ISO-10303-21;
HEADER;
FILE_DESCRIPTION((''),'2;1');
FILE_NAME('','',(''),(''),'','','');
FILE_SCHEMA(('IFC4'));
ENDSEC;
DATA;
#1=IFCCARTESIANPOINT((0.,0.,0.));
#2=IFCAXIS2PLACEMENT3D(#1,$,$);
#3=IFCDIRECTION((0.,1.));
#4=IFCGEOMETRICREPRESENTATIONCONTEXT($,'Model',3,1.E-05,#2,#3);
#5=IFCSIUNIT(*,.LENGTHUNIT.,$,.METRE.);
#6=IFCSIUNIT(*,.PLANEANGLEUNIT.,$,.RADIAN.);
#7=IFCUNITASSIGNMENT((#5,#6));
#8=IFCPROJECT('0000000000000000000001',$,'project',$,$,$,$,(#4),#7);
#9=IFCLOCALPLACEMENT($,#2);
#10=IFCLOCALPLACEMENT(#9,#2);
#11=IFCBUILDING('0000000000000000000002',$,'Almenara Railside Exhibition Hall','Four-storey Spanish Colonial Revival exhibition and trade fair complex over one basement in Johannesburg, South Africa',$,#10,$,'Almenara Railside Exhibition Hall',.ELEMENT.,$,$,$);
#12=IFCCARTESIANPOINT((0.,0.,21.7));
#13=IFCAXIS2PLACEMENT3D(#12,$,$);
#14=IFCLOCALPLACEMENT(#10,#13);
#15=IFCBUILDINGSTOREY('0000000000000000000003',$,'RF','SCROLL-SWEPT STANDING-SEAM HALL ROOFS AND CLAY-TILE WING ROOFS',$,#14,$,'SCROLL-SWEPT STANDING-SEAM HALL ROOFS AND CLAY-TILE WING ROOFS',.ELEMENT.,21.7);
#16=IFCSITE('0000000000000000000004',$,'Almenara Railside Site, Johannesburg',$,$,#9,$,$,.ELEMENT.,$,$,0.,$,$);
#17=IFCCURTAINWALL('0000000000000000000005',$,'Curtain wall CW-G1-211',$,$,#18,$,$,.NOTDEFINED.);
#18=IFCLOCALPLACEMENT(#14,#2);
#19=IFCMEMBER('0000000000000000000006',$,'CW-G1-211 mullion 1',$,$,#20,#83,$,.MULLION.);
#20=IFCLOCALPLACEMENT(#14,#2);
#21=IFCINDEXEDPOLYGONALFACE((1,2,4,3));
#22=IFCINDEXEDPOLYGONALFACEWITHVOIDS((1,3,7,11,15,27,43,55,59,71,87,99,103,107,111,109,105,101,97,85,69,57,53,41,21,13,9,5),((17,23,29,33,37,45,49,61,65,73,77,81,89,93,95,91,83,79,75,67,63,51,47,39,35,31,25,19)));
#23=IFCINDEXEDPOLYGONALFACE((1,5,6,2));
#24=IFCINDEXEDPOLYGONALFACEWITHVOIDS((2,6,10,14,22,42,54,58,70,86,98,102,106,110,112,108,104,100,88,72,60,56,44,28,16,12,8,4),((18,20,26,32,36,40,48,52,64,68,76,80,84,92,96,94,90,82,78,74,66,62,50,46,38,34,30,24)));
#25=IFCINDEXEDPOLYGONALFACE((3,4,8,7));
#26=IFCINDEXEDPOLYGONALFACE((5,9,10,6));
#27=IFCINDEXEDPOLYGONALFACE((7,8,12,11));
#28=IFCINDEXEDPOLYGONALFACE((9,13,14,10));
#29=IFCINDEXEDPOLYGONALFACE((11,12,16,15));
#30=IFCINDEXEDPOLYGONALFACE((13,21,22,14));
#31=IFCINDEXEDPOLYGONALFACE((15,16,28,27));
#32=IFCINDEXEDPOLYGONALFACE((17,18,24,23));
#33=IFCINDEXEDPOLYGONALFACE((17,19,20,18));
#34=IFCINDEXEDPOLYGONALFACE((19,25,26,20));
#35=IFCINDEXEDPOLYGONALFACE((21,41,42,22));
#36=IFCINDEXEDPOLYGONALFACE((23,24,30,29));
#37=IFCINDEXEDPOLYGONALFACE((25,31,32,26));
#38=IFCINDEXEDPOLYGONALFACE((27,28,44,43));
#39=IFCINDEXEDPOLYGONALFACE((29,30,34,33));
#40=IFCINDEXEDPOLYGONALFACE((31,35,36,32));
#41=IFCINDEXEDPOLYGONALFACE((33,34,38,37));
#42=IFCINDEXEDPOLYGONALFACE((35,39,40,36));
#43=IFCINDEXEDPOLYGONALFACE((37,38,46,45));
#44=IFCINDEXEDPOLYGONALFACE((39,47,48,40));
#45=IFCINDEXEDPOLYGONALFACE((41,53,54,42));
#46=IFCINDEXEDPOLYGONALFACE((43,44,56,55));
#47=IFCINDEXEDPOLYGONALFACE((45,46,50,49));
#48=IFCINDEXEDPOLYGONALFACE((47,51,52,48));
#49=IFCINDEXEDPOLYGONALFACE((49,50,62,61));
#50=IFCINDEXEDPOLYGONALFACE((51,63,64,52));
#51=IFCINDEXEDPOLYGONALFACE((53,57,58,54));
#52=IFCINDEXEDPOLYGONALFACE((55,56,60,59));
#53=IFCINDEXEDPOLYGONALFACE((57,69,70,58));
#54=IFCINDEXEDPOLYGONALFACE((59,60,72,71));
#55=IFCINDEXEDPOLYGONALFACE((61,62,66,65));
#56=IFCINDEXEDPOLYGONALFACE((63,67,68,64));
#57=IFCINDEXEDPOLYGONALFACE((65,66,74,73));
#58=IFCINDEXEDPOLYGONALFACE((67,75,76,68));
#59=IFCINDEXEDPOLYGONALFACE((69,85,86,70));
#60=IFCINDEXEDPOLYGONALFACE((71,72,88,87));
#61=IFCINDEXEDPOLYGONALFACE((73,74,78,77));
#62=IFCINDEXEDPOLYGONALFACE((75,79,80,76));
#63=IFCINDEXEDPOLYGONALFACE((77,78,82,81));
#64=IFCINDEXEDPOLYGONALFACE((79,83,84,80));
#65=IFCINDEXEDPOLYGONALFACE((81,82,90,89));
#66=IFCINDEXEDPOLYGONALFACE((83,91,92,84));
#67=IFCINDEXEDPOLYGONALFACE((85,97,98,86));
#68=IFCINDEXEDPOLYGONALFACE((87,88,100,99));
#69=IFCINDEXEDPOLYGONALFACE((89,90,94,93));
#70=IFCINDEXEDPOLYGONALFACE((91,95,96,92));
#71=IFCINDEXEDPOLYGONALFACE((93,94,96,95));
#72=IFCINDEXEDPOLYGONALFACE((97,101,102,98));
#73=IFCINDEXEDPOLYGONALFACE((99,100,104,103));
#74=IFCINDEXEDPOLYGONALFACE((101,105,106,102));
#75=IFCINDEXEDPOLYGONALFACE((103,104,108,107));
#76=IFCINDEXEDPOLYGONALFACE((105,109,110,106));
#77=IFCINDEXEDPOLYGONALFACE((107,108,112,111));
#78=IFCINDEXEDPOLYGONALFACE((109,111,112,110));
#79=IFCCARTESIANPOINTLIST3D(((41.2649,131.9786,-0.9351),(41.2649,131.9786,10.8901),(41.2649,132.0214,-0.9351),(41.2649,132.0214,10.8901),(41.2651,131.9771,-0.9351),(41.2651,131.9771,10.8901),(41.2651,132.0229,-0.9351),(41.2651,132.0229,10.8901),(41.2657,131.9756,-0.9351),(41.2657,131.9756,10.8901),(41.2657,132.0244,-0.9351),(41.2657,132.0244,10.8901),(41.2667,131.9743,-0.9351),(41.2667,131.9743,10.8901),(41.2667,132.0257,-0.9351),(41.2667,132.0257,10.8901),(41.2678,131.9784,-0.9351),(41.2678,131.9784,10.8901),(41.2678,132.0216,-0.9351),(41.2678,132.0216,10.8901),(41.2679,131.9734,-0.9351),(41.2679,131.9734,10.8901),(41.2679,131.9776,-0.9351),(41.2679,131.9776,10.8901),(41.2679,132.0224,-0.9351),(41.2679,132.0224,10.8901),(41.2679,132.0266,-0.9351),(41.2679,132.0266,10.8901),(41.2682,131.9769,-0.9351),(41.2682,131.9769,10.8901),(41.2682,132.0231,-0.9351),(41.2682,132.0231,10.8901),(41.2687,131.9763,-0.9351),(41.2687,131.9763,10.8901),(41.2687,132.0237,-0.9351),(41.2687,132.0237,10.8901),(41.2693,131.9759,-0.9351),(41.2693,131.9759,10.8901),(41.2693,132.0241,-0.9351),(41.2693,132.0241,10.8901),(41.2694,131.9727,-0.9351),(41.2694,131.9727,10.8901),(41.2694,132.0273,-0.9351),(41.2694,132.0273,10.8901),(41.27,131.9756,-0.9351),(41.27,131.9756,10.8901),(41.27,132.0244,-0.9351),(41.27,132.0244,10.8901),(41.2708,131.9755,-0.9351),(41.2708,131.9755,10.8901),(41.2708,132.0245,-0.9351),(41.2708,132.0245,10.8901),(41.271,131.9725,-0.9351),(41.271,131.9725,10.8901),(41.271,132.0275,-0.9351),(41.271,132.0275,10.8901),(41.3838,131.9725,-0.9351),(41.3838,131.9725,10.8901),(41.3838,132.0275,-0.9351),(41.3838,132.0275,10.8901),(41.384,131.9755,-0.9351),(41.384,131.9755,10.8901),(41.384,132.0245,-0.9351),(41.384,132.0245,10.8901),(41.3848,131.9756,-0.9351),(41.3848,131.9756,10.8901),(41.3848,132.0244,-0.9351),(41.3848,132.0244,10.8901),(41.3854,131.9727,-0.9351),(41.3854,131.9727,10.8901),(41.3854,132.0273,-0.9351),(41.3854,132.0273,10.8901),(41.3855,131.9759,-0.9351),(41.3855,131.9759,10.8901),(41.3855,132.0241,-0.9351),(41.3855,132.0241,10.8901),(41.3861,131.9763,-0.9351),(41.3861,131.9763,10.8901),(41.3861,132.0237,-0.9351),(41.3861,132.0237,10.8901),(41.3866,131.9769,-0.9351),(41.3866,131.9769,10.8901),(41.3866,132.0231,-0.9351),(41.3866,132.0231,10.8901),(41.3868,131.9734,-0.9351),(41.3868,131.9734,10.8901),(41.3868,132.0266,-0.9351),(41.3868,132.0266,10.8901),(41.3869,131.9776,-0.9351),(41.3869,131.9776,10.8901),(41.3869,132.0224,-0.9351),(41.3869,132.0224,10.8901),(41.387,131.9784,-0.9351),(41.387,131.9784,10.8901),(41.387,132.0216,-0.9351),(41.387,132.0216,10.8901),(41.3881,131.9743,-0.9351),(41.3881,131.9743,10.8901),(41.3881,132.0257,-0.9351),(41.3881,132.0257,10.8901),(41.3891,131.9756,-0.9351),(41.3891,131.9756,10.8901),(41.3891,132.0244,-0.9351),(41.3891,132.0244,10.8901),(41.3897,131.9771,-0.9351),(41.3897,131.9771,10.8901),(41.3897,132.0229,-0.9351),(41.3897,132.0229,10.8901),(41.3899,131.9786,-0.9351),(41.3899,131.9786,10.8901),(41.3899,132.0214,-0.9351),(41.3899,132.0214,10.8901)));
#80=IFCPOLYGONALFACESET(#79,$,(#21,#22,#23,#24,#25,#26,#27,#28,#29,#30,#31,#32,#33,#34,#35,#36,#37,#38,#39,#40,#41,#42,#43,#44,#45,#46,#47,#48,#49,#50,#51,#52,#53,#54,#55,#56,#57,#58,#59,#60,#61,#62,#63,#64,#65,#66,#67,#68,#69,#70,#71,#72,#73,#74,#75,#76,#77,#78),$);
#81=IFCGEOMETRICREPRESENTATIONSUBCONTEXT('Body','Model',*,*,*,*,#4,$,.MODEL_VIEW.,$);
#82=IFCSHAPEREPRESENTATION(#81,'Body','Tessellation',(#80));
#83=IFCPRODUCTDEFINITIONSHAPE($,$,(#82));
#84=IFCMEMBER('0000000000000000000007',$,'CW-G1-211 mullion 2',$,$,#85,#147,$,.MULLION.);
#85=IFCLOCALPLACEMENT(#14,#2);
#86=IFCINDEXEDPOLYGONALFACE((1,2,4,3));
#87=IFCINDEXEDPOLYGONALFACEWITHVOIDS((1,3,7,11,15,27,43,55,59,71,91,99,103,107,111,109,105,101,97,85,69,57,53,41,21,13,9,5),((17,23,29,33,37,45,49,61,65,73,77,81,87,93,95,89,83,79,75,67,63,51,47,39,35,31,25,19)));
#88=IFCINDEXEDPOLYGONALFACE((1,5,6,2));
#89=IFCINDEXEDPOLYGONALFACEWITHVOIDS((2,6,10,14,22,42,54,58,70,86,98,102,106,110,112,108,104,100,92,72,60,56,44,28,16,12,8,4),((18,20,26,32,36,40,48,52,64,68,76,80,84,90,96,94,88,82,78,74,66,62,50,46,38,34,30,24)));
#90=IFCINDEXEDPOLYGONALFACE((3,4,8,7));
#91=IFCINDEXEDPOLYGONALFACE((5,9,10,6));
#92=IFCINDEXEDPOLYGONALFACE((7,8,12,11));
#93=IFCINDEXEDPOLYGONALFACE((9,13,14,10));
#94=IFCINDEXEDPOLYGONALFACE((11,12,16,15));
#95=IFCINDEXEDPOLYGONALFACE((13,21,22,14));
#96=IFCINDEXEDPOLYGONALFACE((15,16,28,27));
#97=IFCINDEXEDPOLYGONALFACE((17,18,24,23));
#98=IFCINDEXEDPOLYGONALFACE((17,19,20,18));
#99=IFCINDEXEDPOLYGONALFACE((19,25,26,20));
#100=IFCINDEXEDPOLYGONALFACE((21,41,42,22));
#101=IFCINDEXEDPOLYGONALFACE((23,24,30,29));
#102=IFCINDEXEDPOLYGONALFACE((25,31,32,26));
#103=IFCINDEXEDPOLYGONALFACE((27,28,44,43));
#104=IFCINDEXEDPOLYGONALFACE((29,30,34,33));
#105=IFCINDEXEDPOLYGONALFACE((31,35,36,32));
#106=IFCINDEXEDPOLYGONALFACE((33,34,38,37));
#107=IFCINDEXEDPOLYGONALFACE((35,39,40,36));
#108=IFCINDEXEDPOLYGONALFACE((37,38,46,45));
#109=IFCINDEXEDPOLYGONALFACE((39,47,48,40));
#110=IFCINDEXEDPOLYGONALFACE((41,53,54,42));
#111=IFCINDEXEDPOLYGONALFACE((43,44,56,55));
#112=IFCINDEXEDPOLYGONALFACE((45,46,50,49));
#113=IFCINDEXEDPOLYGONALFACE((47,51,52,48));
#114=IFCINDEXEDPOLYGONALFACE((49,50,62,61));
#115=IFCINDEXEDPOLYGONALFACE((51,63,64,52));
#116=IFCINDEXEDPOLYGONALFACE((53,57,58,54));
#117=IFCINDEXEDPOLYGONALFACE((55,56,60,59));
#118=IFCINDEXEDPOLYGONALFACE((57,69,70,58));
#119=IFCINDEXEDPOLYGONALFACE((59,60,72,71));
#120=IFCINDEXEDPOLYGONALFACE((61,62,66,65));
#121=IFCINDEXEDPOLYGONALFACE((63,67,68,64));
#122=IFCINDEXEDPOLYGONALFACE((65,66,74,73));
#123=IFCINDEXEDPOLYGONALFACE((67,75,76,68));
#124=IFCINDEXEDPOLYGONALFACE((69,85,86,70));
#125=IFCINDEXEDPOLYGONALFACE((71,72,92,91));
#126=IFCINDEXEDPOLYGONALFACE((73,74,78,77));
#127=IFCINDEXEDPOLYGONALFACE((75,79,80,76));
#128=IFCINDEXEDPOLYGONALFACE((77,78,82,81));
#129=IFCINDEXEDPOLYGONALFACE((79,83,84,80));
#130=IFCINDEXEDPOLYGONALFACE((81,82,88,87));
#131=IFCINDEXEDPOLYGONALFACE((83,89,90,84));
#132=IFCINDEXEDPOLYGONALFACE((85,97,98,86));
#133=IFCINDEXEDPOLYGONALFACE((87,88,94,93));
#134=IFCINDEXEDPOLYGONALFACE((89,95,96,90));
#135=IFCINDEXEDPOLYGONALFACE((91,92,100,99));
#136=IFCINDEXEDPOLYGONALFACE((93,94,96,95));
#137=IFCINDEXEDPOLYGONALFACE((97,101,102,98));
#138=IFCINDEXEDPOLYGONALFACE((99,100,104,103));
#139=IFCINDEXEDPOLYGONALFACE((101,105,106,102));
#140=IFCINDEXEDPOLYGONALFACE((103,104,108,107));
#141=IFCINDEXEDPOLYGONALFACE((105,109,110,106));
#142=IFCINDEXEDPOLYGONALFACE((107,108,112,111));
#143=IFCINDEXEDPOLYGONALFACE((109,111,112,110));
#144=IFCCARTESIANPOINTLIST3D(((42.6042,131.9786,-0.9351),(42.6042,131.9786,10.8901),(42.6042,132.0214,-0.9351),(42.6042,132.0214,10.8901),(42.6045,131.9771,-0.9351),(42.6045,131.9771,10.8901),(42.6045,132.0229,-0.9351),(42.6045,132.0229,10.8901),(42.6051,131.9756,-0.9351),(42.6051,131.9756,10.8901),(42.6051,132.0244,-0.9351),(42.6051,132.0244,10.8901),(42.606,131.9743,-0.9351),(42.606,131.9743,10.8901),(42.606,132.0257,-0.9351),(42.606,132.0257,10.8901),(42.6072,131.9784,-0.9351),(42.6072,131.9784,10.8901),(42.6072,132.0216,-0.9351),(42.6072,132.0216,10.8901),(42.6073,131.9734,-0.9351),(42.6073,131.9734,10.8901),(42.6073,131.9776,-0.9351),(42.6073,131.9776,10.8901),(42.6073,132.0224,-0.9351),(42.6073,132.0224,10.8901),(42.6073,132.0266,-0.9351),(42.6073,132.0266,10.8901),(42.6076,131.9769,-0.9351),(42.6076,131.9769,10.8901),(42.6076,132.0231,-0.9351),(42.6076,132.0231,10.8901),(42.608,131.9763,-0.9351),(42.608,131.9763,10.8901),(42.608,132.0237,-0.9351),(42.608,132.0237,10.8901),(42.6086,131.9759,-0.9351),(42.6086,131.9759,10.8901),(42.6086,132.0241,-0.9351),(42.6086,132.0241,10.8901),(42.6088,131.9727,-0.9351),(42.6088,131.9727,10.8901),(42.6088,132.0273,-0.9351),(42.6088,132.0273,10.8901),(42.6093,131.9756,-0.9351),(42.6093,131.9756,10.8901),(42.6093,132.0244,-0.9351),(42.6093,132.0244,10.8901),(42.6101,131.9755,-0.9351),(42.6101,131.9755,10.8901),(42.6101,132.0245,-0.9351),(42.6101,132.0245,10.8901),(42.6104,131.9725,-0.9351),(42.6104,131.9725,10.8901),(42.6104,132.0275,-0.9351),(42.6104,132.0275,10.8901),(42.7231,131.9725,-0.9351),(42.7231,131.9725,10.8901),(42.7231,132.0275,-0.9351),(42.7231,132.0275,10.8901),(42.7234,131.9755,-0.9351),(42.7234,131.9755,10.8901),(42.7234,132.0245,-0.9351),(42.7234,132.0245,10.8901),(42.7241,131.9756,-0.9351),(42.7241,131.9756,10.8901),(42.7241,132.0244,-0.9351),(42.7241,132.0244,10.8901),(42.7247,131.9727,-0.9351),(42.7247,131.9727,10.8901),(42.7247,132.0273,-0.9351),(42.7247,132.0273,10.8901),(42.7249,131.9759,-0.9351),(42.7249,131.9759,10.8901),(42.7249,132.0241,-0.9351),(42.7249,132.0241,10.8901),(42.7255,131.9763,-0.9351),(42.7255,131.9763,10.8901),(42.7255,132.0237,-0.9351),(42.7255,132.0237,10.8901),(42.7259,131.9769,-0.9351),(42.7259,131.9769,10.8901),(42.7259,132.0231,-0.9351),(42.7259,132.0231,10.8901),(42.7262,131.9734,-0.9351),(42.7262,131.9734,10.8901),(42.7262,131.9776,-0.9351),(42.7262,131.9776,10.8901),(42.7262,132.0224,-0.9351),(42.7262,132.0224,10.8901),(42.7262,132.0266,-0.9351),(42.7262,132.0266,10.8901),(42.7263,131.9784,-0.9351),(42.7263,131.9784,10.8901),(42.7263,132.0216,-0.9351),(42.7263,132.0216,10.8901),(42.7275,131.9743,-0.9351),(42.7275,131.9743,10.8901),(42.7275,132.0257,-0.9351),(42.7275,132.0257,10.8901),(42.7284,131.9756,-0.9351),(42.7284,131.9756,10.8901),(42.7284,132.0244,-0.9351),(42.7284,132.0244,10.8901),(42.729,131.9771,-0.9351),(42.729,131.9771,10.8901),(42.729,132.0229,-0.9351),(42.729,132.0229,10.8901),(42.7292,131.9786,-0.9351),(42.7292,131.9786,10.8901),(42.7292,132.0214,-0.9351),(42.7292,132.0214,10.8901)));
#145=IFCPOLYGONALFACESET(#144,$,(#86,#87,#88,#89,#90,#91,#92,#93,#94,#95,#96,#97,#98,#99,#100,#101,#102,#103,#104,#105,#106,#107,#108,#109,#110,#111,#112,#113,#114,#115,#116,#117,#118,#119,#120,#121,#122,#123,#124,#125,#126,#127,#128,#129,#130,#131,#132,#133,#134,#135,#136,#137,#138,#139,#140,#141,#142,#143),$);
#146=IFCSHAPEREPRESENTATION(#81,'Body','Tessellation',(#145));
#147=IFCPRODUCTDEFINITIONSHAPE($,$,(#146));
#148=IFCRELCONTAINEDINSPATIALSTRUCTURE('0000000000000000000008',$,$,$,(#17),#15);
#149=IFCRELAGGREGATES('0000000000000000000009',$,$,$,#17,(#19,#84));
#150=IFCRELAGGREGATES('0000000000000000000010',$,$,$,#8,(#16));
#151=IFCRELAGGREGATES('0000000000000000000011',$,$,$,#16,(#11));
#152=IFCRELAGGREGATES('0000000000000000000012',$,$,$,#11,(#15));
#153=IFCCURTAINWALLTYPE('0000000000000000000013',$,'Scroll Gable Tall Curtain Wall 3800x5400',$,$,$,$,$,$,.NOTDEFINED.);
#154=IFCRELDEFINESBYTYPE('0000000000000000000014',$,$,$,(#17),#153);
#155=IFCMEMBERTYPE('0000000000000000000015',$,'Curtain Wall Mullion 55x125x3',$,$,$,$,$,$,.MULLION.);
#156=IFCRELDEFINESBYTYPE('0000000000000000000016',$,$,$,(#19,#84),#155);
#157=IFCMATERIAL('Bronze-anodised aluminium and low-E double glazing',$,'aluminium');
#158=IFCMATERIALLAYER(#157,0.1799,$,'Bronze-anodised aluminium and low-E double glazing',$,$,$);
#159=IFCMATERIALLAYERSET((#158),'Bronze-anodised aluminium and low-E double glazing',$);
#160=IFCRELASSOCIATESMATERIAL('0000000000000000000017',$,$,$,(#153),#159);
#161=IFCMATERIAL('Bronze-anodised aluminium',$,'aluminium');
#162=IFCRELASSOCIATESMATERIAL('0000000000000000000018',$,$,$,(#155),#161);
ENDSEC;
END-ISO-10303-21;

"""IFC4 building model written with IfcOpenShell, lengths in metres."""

from ifc_helpers import new_model, si_unit, direction, frame, origin, origin_2d, place, context, subcontext, project, spatial, hollow_rectangle, extrude, material, layer, layer_set, material_profile, profile_set, type_object, element, aggregate, save


model = new_model("IFC4")

# Units and contexts
model_context = context("Model", 3, precision=1e-05, world=origin(), true_north=direction((0.0, 1.0)))
body_context = subcontext(model_context, "Body", "Model", "MODEL_VIEW")
ifc_project = project(units=[si_unit("LENGTHUNIT", "METRE"), si_unit("PLANEANGLEUNIT", "RADIAN")], contexts=[model_context])

# Site, building, storey
site_placement = place(None, origin())
site = spatial("IfcSite", under=ifc_project, at=site_placement, Name="Almenara Railside Site, Johannesburg", CompositionType="ELEMENT", RefElevation=0.0)
building_placement = place(site_placement, origin())
building = spatial("IfcBuilding", under=site, at=building_placement, Name="Almenara Railside Exhibition Hall", Description="Four-storey Spanish Colonial Revival exhibition and trade fair complex over one basement in Johannesburg, South Africa", LongName="Almenara Railside Exhibition Hall", CompositionType="ELEMENT")
storey_placement = place(building_placement, frame((0.0, 0.0, 21.7)))
storey = spatial("IfcBuildingStorey", under=building, at=storey_placement, Name="RF", Description="SCROLL-SWEPT STANDING-SEAM HALL ROOFS AND CLAY-TILE WING ROOFS", LongName="SCROLL-SWEPT STANDING-SEAM HALL ROOFS AND CLAY-TILE WING ROOFS", CompositionType="ELEMENT", Elevation=21.7)

# Curtain wall, members
ifc_material_1 = material(Name="Bronze-anodised aluminium and low-E double glazing", Category="aluminium")
ifc_layer_1 = layer(ifc_material_1, 0.1799, Name="Bronze-anodised aluminium and low-E double glazing")
ifc_layer_set_1 = layer_set([ifc_layer_1], Name="Bronze-anodised aluminium and low-E double glazing")
curtain_wall_type = type_object("IfcCurtainWallType", Name="Scroll Gable Tall Curtain Wall 3800x5400", PredefinedType="NOTDEFINED", material=ifc_layer_set_1)
curtain_wall_1_placement = place(storey_placement, origin())
curtain_wall_1 = element("IfcCurtainWall", 1, at=curtain_wall_1_placement, inside=storey, type_object=curtain_wall_type, Name="Curtain wall CW-G1-211", PredefinedType="NOTDEFINED")
ifc_material_2 = material(Name="Bronze-anodised aluminium", Category="aluminium")
ifc_material_profile_1 = material_profile(ifc_material_2, hollow_rectangle(XDim=0.0549, YDim=0.125, WallThickness=0.0029, InnerFilletRadius=0.0029, OuterFilletRadius=0.0061, at=origin_2d()), Name="ALU-MUL 55x125x3")
ifc_profile_set_1 = profile_set([ifc_material_profile_1], Name="Bronze-anodised aluminium")
member_type_1 = type_object("IfcMemberType", Name="Curtain Wall Mullion 55x125x3", PredefinedType="MULLION", material=ifc_profile_set_1)
member_1_placement = place(storey_placement, frame((41.3274, 132.0, -0.9351), z_axis=(0.0, 0.0, 1.0), x_axis=(0.0, 1.0, 0.0)))
member_1 = element("IfcMember", 2, at=member_1_placement, type_object=member_type_1, Name="CW-G1-211 mullion 1", PredefinedType="MULLION", context=body_context, shape_type="SweptSolid", body=[
    extrude(hollow_rectangle(XDim=0.0549, YDim=0.125, WallThickness=0.0029, InnerFilletRadius=0.0029, OuterFilletRadius=0.0061, at=origin_2d()), origin(), (0.0, 0.0, 1.0), 11.8252),
])
member_2_placement = place(storey_placement, frame((42.6667, 132.0, -0.9351), z_axis=(0.0, 0.0, 1.0), x_axis=(0.0, 1.0, 0.0)))
member_2 = element("IfcMember", 3, at=member_2_placement, type_object=member_type_1, Name="CW-G1-211 mullion 2", PredefinedType="MULLION", context=body_context, shape_type="SweptSolid", body=[
    extrude(hollow_rectangle(XDim=0.0549, YDim=0.125, WallThickness=0.0029, InnerFilletRadius=0.0029, OuterFilletRadius=0.0061, at=origin_2d()), origin(), (0.0, 0.0, 1.0), 11.8252),
])

aggregate(curtain_wall_1, [member_1, member_2])

save(model, "model.ifc")
